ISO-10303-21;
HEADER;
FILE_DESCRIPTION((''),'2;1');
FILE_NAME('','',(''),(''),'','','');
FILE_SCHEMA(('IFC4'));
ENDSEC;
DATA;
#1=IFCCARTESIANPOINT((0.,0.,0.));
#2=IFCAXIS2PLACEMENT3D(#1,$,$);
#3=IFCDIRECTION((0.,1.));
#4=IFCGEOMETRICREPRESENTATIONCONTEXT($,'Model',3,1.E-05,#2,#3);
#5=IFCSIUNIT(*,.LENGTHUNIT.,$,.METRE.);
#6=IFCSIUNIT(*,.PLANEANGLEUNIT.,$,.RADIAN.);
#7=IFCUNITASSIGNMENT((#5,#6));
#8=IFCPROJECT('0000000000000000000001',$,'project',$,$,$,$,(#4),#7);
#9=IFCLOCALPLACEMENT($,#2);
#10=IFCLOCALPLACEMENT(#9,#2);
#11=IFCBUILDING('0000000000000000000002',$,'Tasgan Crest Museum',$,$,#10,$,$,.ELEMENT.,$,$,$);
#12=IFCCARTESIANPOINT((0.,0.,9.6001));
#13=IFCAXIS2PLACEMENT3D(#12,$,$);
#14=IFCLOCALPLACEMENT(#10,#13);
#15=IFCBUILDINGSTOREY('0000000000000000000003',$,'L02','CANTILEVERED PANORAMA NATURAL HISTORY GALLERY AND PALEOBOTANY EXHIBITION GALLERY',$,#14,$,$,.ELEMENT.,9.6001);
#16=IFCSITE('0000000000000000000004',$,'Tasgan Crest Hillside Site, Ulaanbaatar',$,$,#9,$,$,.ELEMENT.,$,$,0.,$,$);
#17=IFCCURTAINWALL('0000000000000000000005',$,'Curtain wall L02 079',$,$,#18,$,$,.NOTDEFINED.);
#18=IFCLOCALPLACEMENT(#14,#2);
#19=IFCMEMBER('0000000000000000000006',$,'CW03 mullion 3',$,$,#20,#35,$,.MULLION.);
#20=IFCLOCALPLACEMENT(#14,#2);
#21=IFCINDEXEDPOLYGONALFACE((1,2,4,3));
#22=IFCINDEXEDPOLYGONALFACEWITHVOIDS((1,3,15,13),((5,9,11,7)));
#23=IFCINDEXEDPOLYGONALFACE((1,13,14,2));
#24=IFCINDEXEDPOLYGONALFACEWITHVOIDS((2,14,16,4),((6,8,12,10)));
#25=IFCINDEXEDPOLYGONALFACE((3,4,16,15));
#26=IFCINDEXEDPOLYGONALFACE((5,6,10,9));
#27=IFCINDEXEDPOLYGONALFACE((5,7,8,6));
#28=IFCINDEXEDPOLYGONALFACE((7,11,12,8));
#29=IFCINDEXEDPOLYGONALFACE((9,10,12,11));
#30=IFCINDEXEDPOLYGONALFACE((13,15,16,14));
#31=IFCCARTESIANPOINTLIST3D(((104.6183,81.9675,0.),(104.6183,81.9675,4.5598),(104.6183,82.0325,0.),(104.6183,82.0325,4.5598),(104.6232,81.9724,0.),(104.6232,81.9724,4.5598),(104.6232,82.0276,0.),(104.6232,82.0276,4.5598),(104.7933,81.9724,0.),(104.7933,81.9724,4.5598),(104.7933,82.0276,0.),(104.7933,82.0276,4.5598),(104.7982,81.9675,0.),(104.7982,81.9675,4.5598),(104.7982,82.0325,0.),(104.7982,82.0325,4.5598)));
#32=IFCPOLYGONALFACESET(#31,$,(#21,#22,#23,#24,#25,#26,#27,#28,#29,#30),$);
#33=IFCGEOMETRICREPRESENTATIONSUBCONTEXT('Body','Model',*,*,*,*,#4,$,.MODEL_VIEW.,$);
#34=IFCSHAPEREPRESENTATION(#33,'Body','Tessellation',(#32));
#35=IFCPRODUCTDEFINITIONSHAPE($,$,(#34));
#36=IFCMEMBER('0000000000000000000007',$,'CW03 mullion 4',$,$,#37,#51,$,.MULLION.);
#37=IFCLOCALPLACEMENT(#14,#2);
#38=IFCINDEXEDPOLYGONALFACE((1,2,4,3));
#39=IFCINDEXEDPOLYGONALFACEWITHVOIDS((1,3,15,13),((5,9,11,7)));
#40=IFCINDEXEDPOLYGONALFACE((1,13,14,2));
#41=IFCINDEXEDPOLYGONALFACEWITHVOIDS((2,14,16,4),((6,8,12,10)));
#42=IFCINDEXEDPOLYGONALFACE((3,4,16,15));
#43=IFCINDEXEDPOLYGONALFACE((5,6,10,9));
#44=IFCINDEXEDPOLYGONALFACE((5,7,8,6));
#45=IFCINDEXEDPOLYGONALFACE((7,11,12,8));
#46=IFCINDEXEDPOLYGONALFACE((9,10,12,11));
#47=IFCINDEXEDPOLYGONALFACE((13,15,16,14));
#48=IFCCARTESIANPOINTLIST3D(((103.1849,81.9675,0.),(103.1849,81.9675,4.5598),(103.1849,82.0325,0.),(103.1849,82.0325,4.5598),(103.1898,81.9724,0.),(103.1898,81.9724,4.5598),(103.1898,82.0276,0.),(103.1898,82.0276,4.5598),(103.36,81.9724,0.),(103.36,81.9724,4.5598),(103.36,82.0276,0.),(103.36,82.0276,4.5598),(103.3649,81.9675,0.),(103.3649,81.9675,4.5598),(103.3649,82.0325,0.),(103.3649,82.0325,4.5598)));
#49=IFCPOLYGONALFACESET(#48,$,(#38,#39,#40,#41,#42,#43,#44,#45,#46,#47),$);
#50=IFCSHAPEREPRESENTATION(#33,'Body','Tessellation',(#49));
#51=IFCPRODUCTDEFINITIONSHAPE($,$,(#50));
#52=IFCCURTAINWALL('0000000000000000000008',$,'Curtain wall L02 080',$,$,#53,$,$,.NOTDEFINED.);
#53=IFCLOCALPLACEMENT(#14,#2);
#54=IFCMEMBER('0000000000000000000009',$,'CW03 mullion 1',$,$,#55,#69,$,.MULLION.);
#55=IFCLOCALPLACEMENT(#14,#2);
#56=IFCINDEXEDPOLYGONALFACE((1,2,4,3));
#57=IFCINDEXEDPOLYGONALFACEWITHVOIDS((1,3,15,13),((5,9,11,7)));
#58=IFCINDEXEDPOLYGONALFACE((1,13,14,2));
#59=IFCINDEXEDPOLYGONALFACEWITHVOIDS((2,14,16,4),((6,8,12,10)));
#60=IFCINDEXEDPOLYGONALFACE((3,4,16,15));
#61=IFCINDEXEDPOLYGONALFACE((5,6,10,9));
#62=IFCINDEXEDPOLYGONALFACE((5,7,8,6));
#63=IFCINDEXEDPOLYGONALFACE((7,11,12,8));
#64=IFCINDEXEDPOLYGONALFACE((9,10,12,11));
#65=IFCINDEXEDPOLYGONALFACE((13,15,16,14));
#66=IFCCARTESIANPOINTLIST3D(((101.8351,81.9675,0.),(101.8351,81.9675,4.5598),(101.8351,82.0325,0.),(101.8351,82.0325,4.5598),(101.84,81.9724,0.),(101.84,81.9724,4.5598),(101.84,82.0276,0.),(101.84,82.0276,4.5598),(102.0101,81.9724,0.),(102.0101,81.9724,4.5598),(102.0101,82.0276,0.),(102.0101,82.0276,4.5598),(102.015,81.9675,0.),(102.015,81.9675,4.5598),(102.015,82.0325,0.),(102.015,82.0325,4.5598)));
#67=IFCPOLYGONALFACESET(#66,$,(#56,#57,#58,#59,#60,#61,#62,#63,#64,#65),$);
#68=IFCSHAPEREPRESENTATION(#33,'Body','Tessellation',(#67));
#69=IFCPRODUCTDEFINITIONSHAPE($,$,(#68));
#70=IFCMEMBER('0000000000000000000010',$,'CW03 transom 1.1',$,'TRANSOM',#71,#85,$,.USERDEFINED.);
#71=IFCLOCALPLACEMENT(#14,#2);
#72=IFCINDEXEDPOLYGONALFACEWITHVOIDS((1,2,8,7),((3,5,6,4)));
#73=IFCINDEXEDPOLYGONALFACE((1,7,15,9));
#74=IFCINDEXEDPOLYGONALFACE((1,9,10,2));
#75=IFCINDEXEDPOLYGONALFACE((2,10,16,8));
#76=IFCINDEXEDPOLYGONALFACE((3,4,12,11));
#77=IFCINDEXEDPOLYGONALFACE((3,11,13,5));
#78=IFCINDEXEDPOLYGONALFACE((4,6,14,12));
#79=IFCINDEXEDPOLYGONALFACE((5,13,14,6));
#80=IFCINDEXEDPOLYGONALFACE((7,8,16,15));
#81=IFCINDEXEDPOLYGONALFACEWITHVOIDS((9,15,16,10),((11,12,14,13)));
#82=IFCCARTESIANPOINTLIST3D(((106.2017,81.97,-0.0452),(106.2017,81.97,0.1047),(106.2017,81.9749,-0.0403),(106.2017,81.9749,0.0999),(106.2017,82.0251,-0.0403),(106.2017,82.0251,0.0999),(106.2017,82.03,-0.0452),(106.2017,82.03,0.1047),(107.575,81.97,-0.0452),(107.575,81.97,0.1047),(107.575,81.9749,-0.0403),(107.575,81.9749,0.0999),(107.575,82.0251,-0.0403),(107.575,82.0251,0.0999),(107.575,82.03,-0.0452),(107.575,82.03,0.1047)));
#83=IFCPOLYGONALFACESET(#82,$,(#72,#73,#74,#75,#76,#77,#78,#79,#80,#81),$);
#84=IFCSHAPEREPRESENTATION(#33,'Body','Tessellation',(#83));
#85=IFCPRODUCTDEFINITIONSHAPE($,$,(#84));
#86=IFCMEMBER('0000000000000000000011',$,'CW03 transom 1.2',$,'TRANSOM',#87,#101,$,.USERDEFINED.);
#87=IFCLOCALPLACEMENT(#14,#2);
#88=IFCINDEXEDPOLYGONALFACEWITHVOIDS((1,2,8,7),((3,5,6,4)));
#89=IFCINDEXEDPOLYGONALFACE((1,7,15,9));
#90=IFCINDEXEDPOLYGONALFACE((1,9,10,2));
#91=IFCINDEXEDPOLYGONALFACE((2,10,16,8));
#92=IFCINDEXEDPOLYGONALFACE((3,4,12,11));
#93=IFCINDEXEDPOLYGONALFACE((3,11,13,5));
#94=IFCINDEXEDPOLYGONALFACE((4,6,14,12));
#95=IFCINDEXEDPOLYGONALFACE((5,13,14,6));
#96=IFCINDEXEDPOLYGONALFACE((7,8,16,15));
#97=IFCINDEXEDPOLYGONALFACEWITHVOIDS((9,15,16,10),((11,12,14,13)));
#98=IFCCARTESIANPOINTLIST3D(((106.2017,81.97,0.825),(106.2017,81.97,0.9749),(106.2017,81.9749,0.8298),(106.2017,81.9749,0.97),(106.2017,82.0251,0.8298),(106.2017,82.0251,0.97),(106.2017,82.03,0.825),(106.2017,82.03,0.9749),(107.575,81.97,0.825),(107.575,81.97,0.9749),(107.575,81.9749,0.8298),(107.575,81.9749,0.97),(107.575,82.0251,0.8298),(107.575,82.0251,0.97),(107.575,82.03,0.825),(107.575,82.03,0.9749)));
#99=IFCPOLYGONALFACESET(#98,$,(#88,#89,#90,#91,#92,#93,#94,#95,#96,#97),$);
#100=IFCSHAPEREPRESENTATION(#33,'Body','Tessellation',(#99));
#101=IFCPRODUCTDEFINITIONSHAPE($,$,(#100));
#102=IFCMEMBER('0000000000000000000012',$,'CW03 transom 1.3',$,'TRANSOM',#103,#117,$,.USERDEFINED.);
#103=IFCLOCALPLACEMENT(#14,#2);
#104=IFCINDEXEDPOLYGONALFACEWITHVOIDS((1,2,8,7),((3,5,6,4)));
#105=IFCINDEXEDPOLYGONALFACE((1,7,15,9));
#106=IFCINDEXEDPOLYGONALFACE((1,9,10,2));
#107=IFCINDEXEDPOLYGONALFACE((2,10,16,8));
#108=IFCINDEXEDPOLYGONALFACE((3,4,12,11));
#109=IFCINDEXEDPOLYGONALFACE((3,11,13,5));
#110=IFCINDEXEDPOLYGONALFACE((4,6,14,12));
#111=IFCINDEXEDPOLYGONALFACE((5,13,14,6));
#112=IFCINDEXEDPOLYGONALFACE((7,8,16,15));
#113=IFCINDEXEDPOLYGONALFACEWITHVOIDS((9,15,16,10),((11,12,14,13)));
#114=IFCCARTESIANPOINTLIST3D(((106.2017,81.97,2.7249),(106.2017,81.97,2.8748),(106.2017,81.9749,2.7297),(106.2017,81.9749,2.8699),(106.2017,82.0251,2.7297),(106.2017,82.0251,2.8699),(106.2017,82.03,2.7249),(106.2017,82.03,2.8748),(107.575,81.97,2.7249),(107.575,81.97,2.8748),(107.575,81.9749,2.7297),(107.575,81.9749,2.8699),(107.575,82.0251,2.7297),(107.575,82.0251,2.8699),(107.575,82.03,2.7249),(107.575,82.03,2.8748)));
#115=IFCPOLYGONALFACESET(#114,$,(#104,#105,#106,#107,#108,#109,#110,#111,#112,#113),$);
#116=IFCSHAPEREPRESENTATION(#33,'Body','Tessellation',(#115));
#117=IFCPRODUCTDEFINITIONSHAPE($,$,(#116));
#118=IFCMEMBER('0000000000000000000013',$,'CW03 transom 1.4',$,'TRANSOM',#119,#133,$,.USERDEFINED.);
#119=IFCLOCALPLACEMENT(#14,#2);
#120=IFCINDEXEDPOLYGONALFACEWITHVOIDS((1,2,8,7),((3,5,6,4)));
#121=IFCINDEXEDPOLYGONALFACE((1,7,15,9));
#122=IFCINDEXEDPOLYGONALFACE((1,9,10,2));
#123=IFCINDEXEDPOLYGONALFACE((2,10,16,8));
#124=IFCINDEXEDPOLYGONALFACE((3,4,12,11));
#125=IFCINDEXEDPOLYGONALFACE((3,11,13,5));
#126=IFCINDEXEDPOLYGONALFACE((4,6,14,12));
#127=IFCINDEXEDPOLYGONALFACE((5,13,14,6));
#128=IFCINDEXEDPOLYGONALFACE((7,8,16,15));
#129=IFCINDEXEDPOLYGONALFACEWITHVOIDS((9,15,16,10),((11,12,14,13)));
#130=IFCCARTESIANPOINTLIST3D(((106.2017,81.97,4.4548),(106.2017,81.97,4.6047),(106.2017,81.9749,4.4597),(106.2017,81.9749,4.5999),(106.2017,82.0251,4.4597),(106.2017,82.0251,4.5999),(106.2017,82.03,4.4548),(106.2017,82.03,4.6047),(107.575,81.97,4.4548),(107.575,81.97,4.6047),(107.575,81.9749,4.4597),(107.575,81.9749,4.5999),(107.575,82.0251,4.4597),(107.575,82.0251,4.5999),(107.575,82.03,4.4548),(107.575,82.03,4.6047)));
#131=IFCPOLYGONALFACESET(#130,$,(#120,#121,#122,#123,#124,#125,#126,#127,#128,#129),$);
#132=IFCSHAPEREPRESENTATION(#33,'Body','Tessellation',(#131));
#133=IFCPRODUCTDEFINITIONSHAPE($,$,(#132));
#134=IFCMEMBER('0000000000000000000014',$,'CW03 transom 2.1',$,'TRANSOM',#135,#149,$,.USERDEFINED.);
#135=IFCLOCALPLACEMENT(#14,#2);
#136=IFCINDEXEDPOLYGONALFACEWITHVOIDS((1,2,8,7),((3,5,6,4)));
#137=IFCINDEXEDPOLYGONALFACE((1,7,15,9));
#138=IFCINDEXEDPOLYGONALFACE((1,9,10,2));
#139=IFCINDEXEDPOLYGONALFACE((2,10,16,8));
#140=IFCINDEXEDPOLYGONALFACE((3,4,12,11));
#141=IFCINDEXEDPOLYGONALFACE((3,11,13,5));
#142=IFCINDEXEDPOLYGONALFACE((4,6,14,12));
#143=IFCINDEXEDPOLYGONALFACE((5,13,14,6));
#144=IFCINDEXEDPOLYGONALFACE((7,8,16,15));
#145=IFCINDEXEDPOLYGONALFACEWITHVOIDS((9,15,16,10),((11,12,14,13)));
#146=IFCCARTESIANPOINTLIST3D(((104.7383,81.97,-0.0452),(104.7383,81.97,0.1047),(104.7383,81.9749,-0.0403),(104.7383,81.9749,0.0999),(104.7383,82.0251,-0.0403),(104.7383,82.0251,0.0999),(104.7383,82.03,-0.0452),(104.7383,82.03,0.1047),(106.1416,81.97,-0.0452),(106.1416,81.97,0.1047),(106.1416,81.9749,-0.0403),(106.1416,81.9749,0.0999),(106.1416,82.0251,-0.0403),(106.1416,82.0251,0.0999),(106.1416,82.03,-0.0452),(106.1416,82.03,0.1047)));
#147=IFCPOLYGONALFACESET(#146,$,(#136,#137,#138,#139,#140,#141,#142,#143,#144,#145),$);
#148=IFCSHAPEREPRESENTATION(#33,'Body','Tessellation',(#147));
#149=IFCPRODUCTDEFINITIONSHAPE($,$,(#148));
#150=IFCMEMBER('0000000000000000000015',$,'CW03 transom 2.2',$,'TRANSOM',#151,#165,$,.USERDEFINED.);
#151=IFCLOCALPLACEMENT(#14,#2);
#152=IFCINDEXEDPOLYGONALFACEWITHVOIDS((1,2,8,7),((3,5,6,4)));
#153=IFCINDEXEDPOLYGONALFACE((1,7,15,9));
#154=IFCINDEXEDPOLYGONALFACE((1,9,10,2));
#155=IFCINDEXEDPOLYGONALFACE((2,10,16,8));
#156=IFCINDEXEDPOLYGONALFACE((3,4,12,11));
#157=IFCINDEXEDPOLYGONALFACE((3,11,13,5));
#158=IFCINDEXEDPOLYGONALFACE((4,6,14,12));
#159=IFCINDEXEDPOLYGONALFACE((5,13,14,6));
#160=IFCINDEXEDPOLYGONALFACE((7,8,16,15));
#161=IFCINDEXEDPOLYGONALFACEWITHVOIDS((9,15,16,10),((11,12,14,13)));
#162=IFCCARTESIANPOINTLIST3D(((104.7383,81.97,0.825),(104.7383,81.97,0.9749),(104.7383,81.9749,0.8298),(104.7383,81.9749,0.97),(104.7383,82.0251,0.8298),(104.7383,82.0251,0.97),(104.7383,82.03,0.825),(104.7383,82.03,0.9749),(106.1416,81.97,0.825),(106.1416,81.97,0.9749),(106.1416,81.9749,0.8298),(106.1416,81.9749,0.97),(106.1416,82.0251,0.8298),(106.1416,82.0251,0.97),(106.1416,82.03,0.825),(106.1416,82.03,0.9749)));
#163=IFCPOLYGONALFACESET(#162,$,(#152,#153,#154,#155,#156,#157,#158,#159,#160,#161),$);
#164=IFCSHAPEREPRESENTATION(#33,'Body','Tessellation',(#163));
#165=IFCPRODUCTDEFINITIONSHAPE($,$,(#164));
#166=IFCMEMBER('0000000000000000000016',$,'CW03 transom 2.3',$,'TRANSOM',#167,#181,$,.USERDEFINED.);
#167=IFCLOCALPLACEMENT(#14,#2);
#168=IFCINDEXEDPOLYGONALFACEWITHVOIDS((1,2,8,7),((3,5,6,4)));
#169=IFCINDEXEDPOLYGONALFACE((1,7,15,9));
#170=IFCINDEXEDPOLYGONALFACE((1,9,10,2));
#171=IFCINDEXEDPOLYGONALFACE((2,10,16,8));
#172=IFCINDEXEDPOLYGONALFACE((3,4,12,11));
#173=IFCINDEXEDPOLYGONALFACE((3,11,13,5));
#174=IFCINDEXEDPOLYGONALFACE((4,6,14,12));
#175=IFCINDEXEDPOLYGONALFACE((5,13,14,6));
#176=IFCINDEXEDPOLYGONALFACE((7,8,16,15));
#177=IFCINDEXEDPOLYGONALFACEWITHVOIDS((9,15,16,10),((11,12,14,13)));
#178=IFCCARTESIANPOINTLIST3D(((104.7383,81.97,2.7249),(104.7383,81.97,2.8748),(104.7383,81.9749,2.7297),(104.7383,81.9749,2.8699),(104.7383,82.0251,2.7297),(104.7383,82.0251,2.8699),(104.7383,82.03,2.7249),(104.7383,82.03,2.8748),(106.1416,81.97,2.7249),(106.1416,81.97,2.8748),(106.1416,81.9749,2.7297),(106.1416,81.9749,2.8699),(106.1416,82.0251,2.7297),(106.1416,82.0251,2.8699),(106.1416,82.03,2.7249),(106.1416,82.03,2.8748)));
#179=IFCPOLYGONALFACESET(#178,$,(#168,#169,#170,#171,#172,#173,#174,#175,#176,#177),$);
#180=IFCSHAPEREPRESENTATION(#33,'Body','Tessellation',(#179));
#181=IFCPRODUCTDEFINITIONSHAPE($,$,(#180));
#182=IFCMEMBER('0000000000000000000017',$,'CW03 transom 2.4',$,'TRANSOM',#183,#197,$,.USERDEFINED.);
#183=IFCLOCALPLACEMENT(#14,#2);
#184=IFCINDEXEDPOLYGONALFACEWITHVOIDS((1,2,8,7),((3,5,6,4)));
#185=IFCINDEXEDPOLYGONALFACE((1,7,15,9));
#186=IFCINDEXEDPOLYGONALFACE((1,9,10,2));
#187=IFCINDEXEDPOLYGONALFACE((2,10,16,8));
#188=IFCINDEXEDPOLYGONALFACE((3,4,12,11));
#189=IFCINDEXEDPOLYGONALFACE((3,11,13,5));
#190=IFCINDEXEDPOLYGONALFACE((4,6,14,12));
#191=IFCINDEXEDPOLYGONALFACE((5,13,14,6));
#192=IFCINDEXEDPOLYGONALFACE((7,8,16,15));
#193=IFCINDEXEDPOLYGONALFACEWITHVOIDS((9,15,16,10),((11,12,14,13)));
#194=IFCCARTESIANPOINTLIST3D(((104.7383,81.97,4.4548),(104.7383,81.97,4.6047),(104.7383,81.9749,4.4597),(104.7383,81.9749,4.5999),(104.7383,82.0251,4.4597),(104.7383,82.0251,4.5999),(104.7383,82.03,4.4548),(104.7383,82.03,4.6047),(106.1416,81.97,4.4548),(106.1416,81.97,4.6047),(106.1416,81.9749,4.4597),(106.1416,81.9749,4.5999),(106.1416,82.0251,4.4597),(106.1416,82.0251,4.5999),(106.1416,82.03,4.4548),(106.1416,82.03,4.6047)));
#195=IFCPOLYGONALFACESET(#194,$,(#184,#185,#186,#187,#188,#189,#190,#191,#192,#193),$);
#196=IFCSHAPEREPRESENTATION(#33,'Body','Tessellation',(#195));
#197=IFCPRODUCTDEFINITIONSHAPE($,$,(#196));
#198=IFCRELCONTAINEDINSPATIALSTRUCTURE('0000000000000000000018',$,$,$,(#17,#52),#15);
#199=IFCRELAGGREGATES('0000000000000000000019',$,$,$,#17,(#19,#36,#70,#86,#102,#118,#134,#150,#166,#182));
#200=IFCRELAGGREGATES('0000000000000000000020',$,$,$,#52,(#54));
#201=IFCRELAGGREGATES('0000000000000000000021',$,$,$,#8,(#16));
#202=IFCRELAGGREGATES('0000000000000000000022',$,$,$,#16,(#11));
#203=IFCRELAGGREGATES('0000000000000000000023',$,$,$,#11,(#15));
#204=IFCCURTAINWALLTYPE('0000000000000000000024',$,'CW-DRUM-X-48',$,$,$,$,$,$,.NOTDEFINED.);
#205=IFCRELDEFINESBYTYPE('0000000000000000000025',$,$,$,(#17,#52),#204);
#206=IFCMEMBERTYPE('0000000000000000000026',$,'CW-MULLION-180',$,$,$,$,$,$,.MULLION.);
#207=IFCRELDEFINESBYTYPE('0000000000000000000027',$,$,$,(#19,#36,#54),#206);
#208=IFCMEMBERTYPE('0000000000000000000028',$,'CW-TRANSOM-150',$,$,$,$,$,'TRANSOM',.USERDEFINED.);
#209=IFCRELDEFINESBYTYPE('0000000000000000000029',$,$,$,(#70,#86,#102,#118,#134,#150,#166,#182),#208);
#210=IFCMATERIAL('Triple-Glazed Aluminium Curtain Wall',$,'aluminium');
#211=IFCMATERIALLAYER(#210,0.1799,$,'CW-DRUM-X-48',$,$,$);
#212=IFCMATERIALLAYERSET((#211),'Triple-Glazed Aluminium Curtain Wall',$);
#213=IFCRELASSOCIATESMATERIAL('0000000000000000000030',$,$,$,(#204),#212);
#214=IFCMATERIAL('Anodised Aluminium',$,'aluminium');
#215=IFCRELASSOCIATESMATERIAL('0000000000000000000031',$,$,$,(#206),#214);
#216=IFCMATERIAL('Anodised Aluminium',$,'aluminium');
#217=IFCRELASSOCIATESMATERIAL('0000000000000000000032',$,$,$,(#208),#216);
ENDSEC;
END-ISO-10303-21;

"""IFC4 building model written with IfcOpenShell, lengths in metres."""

from ifc_helpers import new_model, si_unit, direction, frame, origin, origin_2d, place, context, subcontext, project, spatial, hollow_rectangle, extrude, material, layer, layer_set, material_profile, profile_set, type_object, element, aggregate, save


model = new_model("IFC4")

# Units and contexts
model_context = context("Model", 3, precision=1e-05, world=origin(), true_north=direction((0.0, 1.0)))
body_context = subcontext(model_context, "Body", "Model", "MODEL_VIEW")
ifc_project = project(units=[si_unit("LENGTHUNIT", "METRE"), si_unit("PLANEANGLEUNIT", "RADIAN")], contexts=[model_context])

# Site, building, storey
site_placement = place(None, origin())
site = spatial("IfcSite", under=ifc_project, at=site_placement, Name="Tasgan Crest Hillside Site, Ulaanbaatar", CompositionType="ELEMENT", RefElevation=0.0)
building_placement = place(site_placement, origin())
building = spatial("IfcBuilding", under=site, at=building_placement, Name="Tasgan Crest Museum", CompositionType="ELEMENT")
storey_placement = place(building_placement, frame((0.0, 0.0, 9.6001)))
storey = spatial("IfcBuildingStorey", under=building, at=storey_placement, Name="L02", Description="CANTILEVERED PANORAMA NATURAL HISTORY GALLERY AND PALEOBOTANY EXHIBITION GALLERY", CompositionType="ELEMENT", Elevation=9.6001)

# Curtain wall, members
ifc_material_1 = material(Name="Triple-Glazed Aluminium Curtain Wall", Category="aluminium")
ifc_layer_1 = layer(ifc_material_1, 0.1799, Name="CW-DRUM-X-48")
ifc_layer_set_1 = layer_set([ifc_layer_1], Name="Triple-Glazed Aluminium Curtain Wall")
curtain_wall_type = type_object("IfcCurtainWallType", Name="CW-DRUM-X-48", PredefinedType="NOTDEFINED", material=ifc_layer_set_1)
curtain_wall_1_placement = place(storey_placement, origin())
curtain_wall_1 = element("IfcCurtainWall", 1, at=curtain_wall_1_placement, inside=storey, type_object=curtain_wall_type, Name="Curtain wall L02 079", PredefinedType="NOTDEFINED")
ifc_material_2 = material(Name="Anodised Aluminium", Category="aluminium")
ifc_material_profile_1 = material_profile(ifc_material_2, hollow_rectangle(XDim=0.0649, YDim=0.1799, WallThickness=0.0049, at=origin_2d()), Name="ALU MULLION 180x65x5")
ifc_profile_set_1 = profile_set([ifc_material_profile_1], Name="Anodised Aluminium")
member_type_1 = type_object("IfcMemberType", Name="CW-MULLION-180", PredefinedType="MULLION", material=ifc_profile_set_1)
member_1_placement = place(storey_placement, frame((104.7083, 82.0, 0.0), z_axis=(0.0, 0.0, 1.0), x_axis=(0.0, -1.0, 0.0)))
member_1 = element("IfcMember", 2, at=member_1_placement, type_object=member_type_1, Name="CW03 mullion 3", PredefinedType="MULLION", context=body_context, shape_type="SweptSolid", body=[
    extrude(hollow_rectangle(XDim=0.0649, YDim=0.1799, WallThickness=0.0049, at=origin_2d()), origin(), (0.0, 0.0, 1.0), 4.5598),
])
member_2_placement = place(storey_placement, frame((103.2749, 82.0, 0.0), z_axis=(0.0, 0.0, 1.0), x_axis=(0.0, -1.0, 0.0)))
member_2 = element("IfcMember", 3, at=member_2_placement, type_object=member_type_1, Name="CW03 mullion 4", PredefinedType="MULLION", context=body_context, shape_type="SweptSolid", body=[
    extrude(hollow_rectangle(XDim=0.0649, YDim=0.1799, WallThickness=0.0049, at=origin_2d()), origin(), (0.0, 0.0, 1.0), 4.5598),
])

# Curtain wall, member
curtain_wall_2_placement = place(storey_placement, origin())
curtain_wall_2 = element("IfcCurtainWall", 4, at=curtain_wall_2_placement, inside=storey, type_object=curtain_wall_type, Name="Curtain wall L02 080", PredefinedType="NOTDEFINED")
member_3_placement = place(storey_placement, frame((101.925, 82.0, 0.0), z_axis=(0.0, 0.0, 1.0), x_axis=(0.0, -1.0, 0.0)))
member_3 = element("IfcMember", 5, at=member_3_placement, type_object=member_type_1, Name="CW03 mullion 1", PredefinedType="MULLION", context=body_context, shape_type="SweptSolid", body=[
    extrude(hollow_rectangle(XDim=0.0649, YDim=0.1799, WallThickness=0.0049, at=origin_2d()), origin(), (0.0, 0.0, 1.0), 4.5598),
])

# Members
ifc_material_3 = material(Name="Anodised Aluminium", Category="aluminium")
ifc_material_profile_2 = material_profile(ifc_material_3, hollow_rectangle(XDim=0.0601, YDim=0.1499, WallThickness=0.0049, at=origin_2d()), Name="ALU TRANSOM 150x60x5")
ifc_profile_set_2 = profile_set([ifc_material_profile_2], Name="Anodised Aluminium")
member_type_2 = type_object("IfcMemberType", Name="CW-TRANSOM-150", ElementType="TRANSOM", PredefinedType="USERDEFINED", material=ifc_profile_set_2)
member_4_placement = place(storey_placement, frame((107.575, 82.0, 0.0298), z_axis=(-1.0, 0.0, 0.0), x_axis=(0.0, -1.0, 0.0)))
member_4 = element("IfcMember", 6, at=member_4_placement, type_object=member_type_2, Name="CW03 transom 1.1", ObjectType="TRANSOM", PredefinedType="USERDEFINED", context=body_context, shape_type="SweptSolid", body=[
    extrude(hollow_rectangle(XDim=0.0601, YDim=0.1499, WallThickness=0.0049, at=origin_2d()), origin(), (0.0, 0.0, 1.0), 1.3733),
])
member_5_placement = place(storey_placement, frame((107.575, 82.0, 0.8999), z_axis=(-1.0, 0.0, 0.0), x_axis=(0.0, -1.0, 0.0)))
member_5 = element("IfcMember", 7, at=member_5_placement, type_object=member_type_2, Name="CW03 transom 1.2", ObjectType="TRANSOM", PredefinedType="USERDEFINED", context=body_context, shape_type="SweptSolid", body=[
    extrude(hollow_rectangle(XDim=0.0601, YDim=0.1499, WallThickness=0.0049, at=origin_2d()), origin(), (0.0, 0.0, 1.0), 1.3733),
])
member_6_placement = place(storey_placement, frame((107.575, 82.0, 2.7998), z_axis=(-1.0, 0.0, 0.0), x_axis=(0.0, -1.0, 0.0)))
member_6 = element("IfcMember", 8, at=member_6_placement, type_object=member_type_2, Name="CW03 transom 1.3", ObjectType="TRANSOM", PredefinedType="USERDEFINED", context=body_context, shape_type="SweptSolid", body=[
    extrude(hollow_rectangle(XDim=0.0601, YDim=0.1499, WallThickness=0.0049, at=origin_2d()), origin(), (0.0, 0.0, 1.0), 1.3733),
])
member_7_placement = place(storey_placement, frame((107.575, 82.0, 4.5298), z_axis=(-1.0, 0.0, 0.0), x_axis=(0.0, -1.0, 0.0)))
member_7 = element("IfcMember", 9, at=member_7_placement, type_object=member_type_2, Name="CW03 transom 1.4", ObjectType="TRANSOM", PredefinedType="USERDEFINED", context=body_context, shape_type="SweptSolid", body=[
    extrude(hollow_rectangle(XDim=0.0601, YDim=0.1499, WallThickness=0.0049, at=origin_2d()), origin(), (0.0, 0.0, 1.0), 1.3733),
])
member_8_placement = place(storey_placement, frame((106.1416, 82.0, 0.0298), z_axis=(-1.0, 0.0, 0.0), x_axis=(0.0, -1.0, 0.0)))
member_8 = element("IfcMember", 10, at=member_8_placement, type_object=member_type_2, Name="CW03 transom 2.1", ObjectType="TRANSOM", PredefinedType="USERDEFINED", context=body_context, shape_type="SweptSolid", body=[
    extrude(hollow_rectangle(XDim=0.0601, YDim=0.1499, WallThickness=0.0049, at=origin_2d()), origin(), (0.0, 0.0, 1.0), 1.4033),
])
member_9_placement = place(storey_placement, frame((106.1416, 82.0, 0.8999), z_axis=(-1.0, 0.0, 0.0), x_axis=(0.0, -1.0, 0.0)))
member_9 = element("IfcMember", 11, at=member_9_placement, type_object=member_type_2, Name="CW03 transom 2.2", ObjectType="TRANSOM", PredefinedType="USERDEFINED", context=body_context, shape_type="SweptSolid", body=[
    extrude(hollow_rectangle(XDim=0.0601, YDim=0.1499, WallThickness=0.0049, at=origin_2d()), origin(), (0.0, 0.0, 1.0), 1.4033),
])
member_10_placement = place(storey_placement, frame((106.1416, 82.0, 2.7998), z_axis=(-1.0, 0.0, 0.0), x_axis=(0.0, -1.0, 0.0)))
member_10 = element("IfcMember", 12, at=member_10_placement, type_object=member_type_2, Name="CW03 transom 2.3", ObjectType="TRANSOM", PredefinedType="USERDEFINED", context=body_context, shape_type="SweptSolid", body=[
    extrude(hollow_rectangle(XDim=0.0601, YDim=0.1499, WallThickness=0.0049, at=origin_2d()), origin(), (0.0, 0.0, 1.0), 1.4033),
])
member_11_placement = place(storey_placement, frame((106.1416, 82.0, 4.5298), z_axis=(-1.0, 0.0, 0.0), x_axis=(0.0, -1.0, 0.0)))
member_11 = element("IfcMember", 13, at=member_11_placement, type_object=member_type_2, Name="CW03 transom 2.4", ObjectType="TRANSOM", PredefinedType="USERDEFINED", context=body_context, shape_type="SweptSolid", body=[
    extrude(hollow_rectangle(XDim=0.0601, YDim=0.1499, WallThickness=0.0049, at=origin_2d()), origin(), (0.0, 0.0, 1.0), 1.4033),
])

aggregate(curtain_wall_1, [member_1, member_2, member_4, member_5, member_6, member_7, member_8, member_9, member_10, member_11])
aggregate(curtain_wall_2, [member_3])

save(model, "model.ifc")
